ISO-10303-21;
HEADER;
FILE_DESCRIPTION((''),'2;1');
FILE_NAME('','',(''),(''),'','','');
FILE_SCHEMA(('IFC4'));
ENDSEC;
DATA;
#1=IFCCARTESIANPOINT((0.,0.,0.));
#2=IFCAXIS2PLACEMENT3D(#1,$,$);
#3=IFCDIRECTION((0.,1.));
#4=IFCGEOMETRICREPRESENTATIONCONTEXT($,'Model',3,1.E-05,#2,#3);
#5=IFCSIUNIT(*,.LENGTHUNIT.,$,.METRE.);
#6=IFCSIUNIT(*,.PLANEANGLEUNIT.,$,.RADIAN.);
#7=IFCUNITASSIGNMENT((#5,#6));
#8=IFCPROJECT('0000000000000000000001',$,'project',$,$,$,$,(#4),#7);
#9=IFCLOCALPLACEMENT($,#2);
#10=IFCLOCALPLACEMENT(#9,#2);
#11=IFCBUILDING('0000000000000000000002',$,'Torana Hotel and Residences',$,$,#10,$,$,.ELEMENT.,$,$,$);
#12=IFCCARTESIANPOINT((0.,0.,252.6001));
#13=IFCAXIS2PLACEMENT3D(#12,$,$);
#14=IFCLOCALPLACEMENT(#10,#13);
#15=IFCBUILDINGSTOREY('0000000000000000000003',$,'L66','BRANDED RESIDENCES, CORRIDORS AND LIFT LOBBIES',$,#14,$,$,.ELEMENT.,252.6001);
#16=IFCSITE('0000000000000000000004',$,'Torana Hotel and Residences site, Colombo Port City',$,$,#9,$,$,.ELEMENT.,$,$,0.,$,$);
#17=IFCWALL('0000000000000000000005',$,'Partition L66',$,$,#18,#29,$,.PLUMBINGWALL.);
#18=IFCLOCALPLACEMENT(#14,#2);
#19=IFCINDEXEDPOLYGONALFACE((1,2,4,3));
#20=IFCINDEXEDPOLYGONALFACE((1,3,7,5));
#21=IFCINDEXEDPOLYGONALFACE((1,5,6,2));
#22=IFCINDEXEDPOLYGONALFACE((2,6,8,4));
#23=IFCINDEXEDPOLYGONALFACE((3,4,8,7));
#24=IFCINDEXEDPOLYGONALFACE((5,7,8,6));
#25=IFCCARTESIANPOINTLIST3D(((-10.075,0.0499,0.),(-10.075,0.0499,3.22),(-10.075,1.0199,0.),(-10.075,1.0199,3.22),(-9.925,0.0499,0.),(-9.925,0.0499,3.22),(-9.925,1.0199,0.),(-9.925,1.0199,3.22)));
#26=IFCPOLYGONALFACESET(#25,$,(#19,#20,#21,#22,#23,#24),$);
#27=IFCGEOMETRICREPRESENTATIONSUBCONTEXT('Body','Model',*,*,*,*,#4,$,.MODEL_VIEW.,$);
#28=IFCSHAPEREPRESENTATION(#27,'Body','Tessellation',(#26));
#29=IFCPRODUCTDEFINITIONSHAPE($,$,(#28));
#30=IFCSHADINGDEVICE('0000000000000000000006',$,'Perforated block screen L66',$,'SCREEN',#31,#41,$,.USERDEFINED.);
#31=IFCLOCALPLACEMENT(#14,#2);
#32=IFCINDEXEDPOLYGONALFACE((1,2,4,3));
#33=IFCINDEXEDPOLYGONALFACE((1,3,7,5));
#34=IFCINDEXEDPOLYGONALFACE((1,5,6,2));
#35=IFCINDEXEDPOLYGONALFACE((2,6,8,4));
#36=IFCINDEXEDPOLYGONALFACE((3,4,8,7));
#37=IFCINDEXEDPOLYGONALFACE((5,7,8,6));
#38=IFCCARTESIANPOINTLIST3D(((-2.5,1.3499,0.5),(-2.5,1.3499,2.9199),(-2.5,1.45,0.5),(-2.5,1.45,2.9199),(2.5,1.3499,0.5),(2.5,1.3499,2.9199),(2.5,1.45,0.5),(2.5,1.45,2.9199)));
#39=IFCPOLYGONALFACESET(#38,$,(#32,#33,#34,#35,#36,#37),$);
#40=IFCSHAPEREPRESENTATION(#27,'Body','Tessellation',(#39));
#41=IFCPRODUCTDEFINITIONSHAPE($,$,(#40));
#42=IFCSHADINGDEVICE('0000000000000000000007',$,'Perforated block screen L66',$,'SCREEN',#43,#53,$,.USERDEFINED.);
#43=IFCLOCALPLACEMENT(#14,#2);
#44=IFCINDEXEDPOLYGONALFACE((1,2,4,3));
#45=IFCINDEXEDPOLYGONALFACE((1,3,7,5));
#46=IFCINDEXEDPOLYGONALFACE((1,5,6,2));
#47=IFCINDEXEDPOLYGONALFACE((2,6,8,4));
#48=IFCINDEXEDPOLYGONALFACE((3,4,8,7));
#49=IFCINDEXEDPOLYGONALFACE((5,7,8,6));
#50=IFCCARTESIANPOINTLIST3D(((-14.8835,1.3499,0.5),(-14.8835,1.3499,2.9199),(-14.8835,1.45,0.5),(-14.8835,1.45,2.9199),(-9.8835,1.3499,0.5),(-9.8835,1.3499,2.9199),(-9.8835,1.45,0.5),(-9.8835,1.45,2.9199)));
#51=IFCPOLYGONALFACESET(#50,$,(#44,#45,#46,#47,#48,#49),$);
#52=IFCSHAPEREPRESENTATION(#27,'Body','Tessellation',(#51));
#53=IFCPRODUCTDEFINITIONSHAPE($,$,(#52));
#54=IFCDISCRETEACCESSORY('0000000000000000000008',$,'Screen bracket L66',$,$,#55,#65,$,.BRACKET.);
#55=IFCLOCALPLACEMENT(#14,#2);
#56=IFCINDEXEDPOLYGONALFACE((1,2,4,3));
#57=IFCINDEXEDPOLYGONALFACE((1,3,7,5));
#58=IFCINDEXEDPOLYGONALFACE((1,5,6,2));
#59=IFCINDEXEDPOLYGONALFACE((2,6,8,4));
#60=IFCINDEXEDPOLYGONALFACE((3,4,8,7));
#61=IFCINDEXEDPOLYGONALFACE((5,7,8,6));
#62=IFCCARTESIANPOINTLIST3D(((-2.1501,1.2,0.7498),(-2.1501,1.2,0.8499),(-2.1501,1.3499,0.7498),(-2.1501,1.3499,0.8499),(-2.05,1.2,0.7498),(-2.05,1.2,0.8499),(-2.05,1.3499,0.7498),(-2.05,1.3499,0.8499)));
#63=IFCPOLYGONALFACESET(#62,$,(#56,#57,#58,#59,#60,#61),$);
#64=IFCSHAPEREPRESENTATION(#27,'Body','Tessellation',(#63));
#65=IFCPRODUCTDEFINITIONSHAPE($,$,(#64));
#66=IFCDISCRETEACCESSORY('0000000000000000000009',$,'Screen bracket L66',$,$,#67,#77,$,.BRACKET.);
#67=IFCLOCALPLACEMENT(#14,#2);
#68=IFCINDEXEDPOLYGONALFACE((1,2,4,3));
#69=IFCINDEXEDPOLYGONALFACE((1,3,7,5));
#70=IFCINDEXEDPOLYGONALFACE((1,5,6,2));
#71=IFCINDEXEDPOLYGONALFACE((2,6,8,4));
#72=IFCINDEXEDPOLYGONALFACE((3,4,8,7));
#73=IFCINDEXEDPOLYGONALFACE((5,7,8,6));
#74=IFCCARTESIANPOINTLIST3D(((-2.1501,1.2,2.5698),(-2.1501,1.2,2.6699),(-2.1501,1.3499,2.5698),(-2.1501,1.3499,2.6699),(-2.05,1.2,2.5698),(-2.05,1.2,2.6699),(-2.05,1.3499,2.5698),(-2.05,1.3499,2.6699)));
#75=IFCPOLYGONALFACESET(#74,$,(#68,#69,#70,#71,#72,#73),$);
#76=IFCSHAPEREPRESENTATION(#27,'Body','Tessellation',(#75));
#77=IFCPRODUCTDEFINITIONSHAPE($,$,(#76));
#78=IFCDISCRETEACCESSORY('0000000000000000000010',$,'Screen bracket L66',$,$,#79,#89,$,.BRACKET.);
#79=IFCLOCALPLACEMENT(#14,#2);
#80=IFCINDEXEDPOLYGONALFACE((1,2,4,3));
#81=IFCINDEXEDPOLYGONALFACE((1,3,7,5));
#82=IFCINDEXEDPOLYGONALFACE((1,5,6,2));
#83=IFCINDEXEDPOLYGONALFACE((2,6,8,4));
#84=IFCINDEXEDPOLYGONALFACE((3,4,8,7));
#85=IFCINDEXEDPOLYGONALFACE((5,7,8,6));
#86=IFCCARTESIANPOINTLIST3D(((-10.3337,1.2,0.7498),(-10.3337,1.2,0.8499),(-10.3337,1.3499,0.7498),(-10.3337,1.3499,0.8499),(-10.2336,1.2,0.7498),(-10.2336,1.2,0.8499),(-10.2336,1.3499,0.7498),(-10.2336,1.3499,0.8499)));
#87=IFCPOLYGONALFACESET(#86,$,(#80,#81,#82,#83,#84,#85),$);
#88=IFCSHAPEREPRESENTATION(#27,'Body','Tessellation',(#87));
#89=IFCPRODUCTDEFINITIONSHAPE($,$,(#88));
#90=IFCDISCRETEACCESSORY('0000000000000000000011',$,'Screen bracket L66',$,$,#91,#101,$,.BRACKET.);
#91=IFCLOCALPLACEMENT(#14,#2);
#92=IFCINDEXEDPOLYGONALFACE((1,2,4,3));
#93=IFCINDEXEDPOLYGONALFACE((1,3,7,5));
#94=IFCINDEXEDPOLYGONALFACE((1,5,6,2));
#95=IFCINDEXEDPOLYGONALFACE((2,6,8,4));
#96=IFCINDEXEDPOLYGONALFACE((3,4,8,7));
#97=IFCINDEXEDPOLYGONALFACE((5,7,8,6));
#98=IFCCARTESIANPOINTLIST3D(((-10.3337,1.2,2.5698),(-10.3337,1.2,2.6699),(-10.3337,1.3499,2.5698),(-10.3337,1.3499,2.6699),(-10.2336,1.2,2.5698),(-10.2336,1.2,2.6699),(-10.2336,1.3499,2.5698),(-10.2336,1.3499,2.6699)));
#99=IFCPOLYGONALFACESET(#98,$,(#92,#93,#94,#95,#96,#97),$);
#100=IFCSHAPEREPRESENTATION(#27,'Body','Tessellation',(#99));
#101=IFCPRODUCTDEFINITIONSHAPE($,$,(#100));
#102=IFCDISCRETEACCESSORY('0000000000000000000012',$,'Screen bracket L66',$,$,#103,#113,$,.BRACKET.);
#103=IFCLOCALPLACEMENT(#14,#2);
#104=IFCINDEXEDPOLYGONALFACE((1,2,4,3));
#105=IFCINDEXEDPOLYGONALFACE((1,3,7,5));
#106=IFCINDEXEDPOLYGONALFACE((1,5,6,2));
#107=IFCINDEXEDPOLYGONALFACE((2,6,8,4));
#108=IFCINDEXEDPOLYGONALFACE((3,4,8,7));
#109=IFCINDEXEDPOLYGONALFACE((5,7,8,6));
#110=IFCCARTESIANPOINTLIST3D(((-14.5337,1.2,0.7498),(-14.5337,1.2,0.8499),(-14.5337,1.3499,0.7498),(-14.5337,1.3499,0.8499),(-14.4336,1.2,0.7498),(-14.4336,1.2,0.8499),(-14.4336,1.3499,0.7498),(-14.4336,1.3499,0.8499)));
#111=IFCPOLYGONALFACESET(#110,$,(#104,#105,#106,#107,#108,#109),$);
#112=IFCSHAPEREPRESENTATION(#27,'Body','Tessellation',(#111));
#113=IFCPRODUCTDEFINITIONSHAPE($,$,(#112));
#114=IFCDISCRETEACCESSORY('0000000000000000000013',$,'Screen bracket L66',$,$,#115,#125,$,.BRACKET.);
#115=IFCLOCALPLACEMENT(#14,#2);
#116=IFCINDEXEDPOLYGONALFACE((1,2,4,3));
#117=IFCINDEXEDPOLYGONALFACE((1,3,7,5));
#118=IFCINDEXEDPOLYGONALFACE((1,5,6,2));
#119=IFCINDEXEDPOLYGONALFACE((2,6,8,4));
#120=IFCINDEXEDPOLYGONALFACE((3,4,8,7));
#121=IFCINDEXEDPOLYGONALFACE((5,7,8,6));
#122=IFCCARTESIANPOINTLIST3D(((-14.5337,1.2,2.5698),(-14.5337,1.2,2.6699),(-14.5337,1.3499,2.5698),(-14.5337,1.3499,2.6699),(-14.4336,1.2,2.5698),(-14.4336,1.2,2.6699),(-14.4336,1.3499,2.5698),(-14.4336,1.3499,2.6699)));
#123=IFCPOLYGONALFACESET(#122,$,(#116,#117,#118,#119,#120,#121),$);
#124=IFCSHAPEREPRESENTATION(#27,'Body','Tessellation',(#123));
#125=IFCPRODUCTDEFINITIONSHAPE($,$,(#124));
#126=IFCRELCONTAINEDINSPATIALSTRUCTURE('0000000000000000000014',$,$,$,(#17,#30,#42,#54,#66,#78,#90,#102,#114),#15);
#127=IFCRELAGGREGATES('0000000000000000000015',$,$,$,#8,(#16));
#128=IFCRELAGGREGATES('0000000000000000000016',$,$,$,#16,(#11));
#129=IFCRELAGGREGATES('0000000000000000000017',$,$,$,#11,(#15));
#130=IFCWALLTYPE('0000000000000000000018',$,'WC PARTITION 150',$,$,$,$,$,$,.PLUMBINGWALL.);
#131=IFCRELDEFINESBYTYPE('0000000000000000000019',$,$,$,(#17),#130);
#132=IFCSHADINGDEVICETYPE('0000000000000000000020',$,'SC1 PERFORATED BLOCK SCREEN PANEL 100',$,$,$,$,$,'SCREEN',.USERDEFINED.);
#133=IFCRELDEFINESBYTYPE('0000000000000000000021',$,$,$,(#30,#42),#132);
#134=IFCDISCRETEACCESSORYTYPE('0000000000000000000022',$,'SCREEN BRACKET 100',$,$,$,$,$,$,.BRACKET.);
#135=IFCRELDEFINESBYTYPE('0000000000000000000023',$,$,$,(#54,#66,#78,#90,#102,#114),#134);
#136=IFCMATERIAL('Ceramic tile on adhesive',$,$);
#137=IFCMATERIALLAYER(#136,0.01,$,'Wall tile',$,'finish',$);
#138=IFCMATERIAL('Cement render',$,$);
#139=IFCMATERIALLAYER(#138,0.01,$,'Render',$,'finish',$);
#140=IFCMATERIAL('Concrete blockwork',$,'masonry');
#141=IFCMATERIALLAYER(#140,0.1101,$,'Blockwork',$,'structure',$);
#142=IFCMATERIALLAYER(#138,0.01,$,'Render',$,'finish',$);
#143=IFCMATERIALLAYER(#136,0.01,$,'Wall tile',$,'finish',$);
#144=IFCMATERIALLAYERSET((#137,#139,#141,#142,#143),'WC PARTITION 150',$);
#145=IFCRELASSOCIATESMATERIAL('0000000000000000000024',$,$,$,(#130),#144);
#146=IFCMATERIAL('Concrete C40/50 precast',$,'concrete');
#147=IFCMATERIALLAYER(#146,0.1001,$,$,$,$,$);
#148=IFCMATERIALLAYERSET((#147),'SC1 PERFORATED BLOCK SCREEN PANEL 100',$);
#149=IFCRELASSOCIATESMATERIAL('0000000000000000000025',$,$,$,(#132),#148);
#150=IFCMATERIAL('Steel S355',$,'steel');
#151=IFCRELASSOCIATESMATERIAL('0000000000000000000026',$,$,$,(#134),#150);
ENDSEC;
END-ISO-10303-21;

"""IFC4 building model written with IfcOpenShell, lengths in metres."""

from ifc_helpers import new_model, si_unit, direction, frame, frame_2d, origin, origin_2d, place, context, subcontext, project, spatial, rectangle, extrude, material, layer, layer_set, type_object, element, save


model = new_model("IFC4")

# Units and contexts
model_context = context("Model", 3, precision=1e-05, world=origin(), true_north=direction((0.0, 1.0)))
body_context = subcontext(model_context, "Body", "Model", "MODEL_VIEW")
ifc_project = project(units=[si_unit("LENGTHUNIT", "METRE"), si_unit("PLANEANGLEUNIT", "RADIAN")], contexts=[model_context])

# Site, building, storey
site_placement = place(None, origin())
site = spatial("IfcSite", under=ifc_project, at=site_placement, Name="Torana Hotel and Residences site, Colombo Port City", CompositionType="ELEMENT", RefElevation=0.0)
building_placement = place(site_placement, origin())
building = spatial("IfcBuilding", under=site, at=building_placement, Name="Torana Hotel and Residences", CompositionType="ELEMENT")
storey_placement = place(building_placement, frame((0.0, 0.0, 252.6001)))
storey = spatial("IfcBuildingStorey", under=building, at=storey_placement, Name="L66", Description="BRANDED RESIDENCES, CORRIDORS AND LIFT LOBBIES", CompositionType="ELEMENT", Elevation=252.6001)

# Wall
ifc_material_1 = material(Name="Ceramic tile on adhesive")
ifc_layer_1 = layer(ifc_material_1, 0.01, Name="Wall tile", Category="finish")
ifc_material_2 = material(Name="Cement render")
ifc_layer_2 = layer(ifc_material_2, 0.01, Name="Render", Category="finish")
ifc_material_3 = material(Name="Concrete blockwork", Category="masonry")
ifc_layer_3 = layer(ifc_material_3, 0.1101, Name="Blockwork", Category="structure")
ifc_layer_4 = layer(ifc_material_2, 0.01, Name="Render", Category="finish")
ifc_layer_5 = layer(ifc_material_1, 0.01, Name="Wall tile", Category="finish")
ifc_layer_set_1 = layer_set([ifc_layer_1, ifc_layer_2, ifc_layer_3, ifc_layer_4, ifc_layer_5], Name="WC PARTITION 150")
wall_type_1 = type_object("IfcWallType", Name="WC PARTITION 150", PredefinedType="PLUMBINGWALL", material=ifc_layer_set_1)
wall_1_placement = place(storey_placement, frame((-10.0, 0.05, 0.0), z_axis=(0.0, 0.0, 1.0), x_axis=(0.0, 1.0, 0.0)))
element("IfcWall", 1, at=wall_1_placement, inside=storey, type_object=wall_type_1, Name="Partition L66", PredefinedType="PLUMBINGWALL", context=body_context, shape_type="SweptSolid", body=[
    extrude(rectangle(XDim=0.97, YDim=0.1499, at=frame_2d((0.4849, 0.0))), origin(), (0.0, 0.0, 1.0), 3.22),
])

# Shading devices
ifc_material_4 = material(Name="Concrete C40/50 precast", Category="concrete")
ifc_layer_6 = layer(ifc_material_4, 0.1001)
ifc_layer_set_2 = layer_set([ifc_layer_6], Name="SC1 PERFORATED BLOCK SCREEN PANEL 100")
shading_device_type = type_object("IfcShadingDeviceType", Name="SC1 PERFORATED BLOCK SCREEN PANEL 100", ElementType="SCREEN", PredefinedType="USERDEFINED", material=ifc_layer_set_2)
for number, where, z_axis, x_axis, name in (
    (2, (0.0, 1.3999, 0.5), (0.0, 0.0, 1.0), (-1.0, 0.0, 0.0), "Perforated block screen L66"),
    (3, (-12.3835, 1.3999, 0.5), (0.0, 0.0, 1.0), (-1.0, 0.0, 0.0), "Perforated block screen L66"),
):
    element("IfcShadingDevice", number, at=place(storey_placement, frame(where, z_axis=z_axis, x_axis=x_axis)), inside=storey, type_object=shading_device_type, Name=name, ObjectType="SCREEN", PredefinedType="USERDEFINED", context=body_context, shape_type="SweptSolid", body=[
        extrude(rectangle(XDim=5.0, YDim=0.1001, at=origin_2d()), origin(), (0.0, 0.0, 1.0), 2.4199),
    ])

# Discrete accessories
ifc_material_5 = material(Name="Steel S355", Category="steel")
discrete_accessory_type = type_object("IfcDiscreteAccessoryType", Name="SCREEN BRACKET 100", PredefinedType="BRACKET", material=ifc_material_5)
for number, where, z_axis, x_axis, name in (
    (4, (-2.1001, 1.2749, 0.7498), (0.0, 0.0, 1.0), (-1.0, 0.0, 0.0), "Screen bracket L66"),
    (5, (-2.1001, 1.2749, 2.5698), (0.0, 0.0, 1.0), (-1.0, 0.0, 0.0), "Screen bracket L66"),
    (6, (-10.2837, 1.2749, 0.7498), (0.0, 0.0, 1.0), (-1.0, 0.0, 0.0), "Screen bracket L66"),
    (7, (-10.2837, 1.2749, 2.5698), (0.0, 0.0, 1.0), (-1.0, 0.0, 0.0), "Screen bracket L66"),
    (8, (-14.4836, 1.2749, 0.7498), (0.0, 0.0, 1.0), (-1.0, 0.0, 0.0), "Screen bracket L66"),
    (9, (-14.4836, 1.2749, 2.5698), (0.0, 0.0, 1.0), (-1.0, 0.0, 0.0), "Screen bracket L66"),
):
    element("IfcDiscreteAccessory", number, at=place(storey_placement, frame(where, z_axis=z_axis, x_axis=x_axis)), inside=storey, type_object=discrete_accessory_type, Name=name, PredefinedType="BRACKET", context=body_context, shape_type="SweptSolid", body=[
        extrude(rectangle(XDim=0.1001, YDim=0.1499, at=origin_2d()), origin(), (0.0, 0.0, 1.0), 0.1001),
    ])

save(model, "model.ifc")
